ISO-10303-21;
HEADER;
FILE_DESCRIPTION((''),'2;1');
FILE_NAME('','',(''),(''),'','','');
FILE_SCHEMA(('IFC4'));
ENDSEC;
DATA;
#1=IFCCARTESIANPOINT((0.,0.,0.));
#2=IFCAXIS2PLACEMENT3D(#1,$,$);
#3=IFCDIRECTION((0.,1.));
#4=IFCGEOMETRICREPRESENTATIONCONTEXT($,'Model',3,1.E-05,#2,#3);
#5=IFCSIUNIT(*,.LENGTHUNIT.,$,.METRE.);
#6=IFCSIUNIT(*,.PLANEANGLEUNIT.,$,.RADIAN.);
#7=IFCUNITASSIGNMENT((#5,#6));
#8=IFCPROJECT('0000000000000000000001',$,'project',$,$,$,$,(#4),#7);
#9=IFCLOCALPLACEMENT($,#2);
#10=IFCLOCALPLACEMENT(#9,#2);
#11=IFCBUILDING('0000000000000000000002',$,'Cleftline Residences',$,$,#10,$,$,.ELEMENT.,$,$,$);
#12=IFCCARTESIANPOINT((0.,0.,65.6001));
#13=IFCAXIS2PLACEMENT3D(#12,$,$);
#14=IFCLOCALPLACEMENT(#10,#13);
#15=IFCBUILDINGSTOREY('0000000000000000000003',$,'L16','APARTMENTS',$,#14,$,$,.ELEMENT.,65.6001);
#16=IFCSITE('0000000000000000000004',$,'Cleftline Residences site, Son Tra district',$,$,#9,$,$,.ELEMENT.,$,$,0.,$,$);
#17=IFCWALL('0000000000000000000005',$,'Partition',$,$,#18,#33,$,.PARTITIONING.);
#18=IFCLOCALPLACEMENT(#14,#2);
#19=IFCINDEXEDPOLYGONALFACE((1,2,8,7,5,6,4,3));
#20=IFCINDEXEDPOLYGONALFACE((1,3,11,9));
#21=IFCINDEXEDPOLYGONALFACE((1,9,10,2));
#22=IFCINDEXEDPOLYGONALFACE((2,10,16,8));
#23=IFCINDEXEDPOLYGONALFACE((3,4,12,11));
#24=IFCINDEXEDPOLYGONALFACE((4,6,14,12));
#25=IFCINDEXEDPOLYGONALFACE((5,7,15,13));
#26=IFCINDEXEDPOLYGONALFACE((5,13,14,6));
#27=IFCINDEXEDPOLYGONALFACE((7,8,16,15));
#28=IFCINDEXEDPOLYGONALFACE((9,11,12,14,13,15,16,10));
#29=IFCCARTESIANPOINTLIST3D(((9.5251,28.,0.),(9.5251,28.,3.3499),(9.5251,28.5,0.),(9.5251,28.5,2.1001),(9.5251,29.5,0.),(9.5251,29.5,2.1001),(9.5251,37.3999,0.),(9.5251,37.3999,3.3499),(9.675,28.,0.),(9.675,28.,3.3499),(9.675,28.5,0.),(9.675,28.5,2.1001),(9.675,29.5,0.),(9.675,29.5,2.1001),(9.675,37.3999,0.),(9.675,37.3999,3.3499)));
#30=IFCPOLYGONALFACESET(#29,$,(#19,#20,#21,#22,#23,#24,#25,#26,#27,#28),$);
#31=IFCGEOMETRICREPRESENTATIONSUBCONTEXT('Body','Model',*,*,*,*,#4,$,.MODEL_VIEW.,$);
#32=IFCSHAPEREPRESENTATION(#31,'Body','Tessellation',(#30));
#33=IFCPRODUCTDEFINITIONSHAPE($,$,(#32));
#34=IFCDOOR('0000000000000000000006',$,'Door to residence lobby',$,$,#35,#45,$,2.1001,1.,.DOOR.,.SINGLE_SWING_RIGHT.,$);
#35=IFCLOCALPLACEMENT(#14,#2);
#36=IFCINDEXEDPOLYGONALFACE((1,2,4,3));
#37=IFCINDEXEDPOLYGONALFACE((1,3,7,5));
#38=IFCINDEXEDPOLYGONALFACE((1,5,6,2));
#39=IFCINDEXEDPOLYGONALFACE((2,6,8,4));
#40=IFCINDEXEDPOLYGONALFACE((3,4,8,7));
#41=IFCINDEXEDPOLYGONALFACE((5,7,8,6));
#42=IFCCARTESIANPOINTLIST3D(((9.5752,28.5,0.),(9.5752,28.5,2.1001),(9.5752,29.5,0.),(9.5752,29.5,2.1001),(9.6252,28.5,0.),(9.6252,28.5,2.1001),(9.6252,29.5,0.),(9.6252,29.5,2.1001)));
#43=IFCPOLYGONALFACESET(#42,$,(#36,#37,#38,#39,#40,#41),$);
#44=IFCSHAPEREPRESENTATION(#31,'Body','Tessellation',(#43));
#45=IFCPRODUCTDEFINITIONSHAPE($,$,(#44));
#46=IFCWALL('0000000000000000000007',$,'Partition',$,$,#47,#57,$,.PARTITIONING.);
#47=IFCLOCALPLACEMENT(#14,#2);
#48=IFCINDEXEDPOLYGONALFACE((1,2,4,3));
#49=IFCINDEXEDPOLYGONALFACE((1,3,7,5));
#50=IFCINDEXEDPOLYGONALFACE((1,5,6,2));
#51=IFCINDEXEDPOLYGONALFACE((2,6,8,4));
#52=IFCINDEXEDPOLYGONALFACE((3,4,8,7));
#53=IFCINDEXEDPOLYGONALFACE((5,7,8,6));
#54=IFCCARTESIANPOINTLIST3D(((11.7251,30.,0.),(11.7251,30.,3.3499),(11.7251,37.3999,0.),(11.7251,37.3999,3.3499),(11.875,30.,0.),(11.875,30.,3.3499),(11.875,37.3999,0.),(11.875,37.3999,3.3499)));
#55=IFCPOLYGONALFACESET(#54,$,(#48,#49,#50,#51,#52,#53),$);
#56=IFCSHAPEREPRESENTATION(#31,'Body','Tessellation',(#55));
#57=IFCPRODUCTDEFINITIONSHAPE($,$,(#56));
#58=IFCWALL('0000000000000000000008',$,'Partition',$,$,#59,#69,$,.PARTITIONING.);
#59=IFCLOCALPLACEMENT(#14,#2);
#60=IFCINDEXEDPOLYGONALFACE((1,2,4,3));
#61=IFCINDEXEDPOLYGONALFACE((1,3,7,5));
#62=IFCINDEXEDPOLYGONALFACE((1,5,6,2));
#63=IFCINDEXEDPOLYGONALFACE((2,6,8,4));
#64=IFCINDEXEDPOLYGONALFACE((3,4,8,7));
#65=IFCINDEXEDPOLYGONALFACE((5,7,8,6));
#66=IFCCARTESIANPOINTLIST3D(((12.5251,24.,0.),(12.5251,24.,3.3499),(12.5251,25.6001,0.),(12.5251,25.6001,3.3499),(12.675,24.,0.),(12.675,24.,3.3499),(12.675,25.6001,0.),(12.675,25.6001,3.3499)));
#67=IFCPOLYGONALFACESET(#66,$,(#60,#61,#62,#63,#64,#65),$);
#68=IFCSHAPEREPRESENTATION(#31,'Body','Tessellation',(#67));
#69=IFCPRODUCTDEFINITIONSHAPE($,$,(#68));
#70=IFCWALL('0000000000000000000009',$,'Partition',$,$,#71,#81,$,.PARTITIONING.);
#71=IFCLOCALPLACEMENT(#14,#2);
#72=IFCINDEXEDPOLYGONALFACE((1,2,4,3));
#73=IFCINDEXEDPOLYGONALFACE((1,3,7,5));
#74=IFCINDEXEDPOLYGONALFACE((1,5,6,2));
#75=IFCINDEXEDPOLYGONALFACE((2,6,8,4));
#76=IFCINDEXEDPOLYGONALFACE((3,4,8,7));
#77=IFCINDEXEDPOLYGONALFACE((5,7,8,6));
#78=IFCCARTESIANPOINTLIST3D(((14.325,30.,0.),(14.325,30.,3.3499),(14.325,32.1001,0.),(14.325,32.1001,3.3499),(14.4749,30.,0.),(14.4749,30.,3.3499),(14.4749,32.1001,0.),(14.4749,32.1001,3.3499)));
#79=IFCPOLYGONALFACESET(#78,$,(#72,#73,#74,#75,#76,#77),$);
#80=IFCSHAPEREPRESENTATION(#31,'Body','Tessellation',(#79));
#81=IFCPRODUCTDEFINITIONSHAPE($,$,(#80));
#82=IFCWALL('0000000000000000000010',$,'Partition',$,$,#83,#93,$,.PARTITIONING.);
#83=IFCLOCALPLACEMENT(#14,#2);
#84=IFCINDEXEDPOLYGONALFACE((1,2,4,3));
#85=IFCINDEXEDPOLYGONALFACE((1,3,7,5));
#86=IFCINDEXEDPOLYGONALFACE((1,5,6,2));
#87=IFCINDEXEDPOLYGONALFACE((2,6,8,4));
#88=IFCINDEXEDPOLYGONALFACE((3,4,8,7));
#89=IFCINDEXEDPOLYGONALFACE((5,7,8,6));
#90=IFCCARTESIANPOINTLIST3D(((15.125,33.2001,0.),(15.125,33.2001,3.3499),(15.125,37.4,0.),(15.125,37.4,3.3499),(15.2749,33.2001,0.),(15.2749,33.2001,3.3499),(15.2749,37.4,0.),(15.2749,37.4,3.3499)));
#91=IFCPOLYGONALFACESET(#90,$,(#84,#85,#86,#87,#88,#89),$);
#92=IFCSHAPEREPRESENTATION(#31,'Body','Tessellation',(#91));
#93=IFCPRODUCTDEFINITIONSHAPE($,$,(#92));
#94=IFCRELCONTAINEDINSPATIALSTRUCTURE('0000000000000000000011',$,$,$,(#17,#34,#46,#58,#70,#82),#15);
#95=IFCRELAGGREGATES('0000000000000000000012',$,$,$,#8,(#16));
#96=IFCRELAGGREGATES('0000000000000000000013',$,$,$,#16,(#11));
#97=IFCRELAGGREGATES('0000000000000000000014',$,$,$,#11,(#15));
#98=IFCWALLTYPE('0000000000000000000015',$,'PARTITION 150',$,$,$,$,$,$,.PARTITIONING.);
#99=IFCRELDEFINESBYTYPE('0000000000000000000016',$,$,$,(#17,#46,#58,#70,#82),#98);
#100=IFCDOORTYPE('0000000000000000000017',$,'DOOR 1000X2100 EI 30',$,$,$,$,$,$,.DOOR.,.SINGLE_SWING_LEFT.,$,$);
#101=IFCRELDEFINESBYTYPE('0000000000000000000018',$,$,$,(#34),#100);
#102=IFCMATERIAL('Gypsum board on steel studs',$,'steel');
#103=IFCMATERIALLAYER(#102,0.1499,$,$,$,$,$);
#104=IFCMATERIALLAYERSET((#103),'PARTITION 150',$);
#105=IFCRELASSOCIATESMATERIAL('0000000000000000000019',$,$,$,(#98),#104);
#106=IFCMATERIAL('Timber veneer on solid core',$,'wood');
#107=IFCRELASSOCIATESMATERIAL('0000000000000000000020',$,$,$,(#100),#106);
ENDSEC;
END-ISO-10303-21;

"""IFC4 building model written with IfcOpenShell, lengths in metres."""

from ifc_helpers import new_model, si_unit, direction, frame, frame_2d, origin, place, context, subcontext, project, spatial, rectangle, extrude, material, layer, layer_set, type_object, element, fill, save


model = new_model("IFC4")

# Units and contexts
model_context = context("Model", 3, precision=1e-05, world=origin(), true_north=direction((0.0, 1.0)))
body_context = subcontext(model_context, "Body", "Model", "MODEL_VIEW")
ifc_project = project(units=[si_unit("LENGTHUNIT", "METRE"), si_unit("PLANEANGLEUNIT", "RADIAN")], contexts=[model_context])

# Site, building, storey
site_placement = place(None, origin())
site = spatial("IfcSite", under=ifc_project, at=site_placement, Name="Cleftline Residences site, Son Tra district", CompositionType="ELEMENT", RefElevation=0.0)
building_placement = place(site_placement, origin())
building = spatial("IfcBuilding", under=site, at=building_placement, Name="Cleftline Residences", CompositionType="ELEMENT")
storey_placement = place(building_placement, frame((0.0, 0.0, 65.6001)))
storey = spatial("IfcBuildingStorey", under=building, at=storey_placement, Name="L16", Description="APARTMENTS", CompositionType="ELEMENT", Elevation=65.6001)

# Shared definitions
ifc_material_1 = material(Name="Gypsum board on steel studs", Category="steel")
ifc_layer_1 = layer(ifc_material_1, 0.1499)
ifc_layer_set_1 = layer_set([ifc_layer_1], Name="PARTITION 150")
wall_type_1 = type_object("IfcWallType", Name="PARTITION 150", PredefinedType="PARTITIONING", material=ifc_layer_set_1)

# Wall, opening, door
wall_1_placement = place(storey_placement, frame((9.6001, 28.0, 0.0), z_axis=(0.0, 0.0, 1.0), x_axis=(0.0, 1.0, 0.0)))
wall_1 = element("IfcWall", 1, at=wall_1_placement, inside=storey, type_object=wall_type_1, Name="Partition", PredefinedType="PARTITIONING", context=body_context, shape_type="SweptSolid", body=[
    extrude(rectangle(XDim=9.3999, YDim=0.1499, at=frame_2d((4.7, 0.0))), origin(), (0.0, 0.0, 1.0), 3.3499),
])
opening_1_placement = place(wall_1_placement, frame((0.5, 0.0, 0.0)))
opening_1 = element("IfcOpeningElement", 2, at=opening_1_placement, cuts=wall_1, PredefinedType="OPENING", context=body_context, shape_type="SweptSolid", body=[
    extrude(rectangle(XDim=1.0, YDim=2.1001, at=frame_2d((0.5, 1.05))), frame((0.0, 0.085, 0.0), z_axis=(0.0, -1.0, 0.0), x_axis=(1.0, 0.0, 0.0)), (0.0, 0.0, 1.0), 0.1699),
])
ifc_material_2 = material(Name="Timber veneer on solid core", Category="wood")
door_type_1 = type_object("IfcDoorType", Name="DOOR 1000X2100 EI 30", OperationType="SINGLE_SWING_LEFT", PredefinedType="DOOR", material=ifc_material_2)
door_1_placement = place(opening_1_placement, origin())
door_1 = element("IfcDoor", 3, at=door_1_placement, inside=storey, type_object=door_type_1, Name="Door to residence lobby", OperationType="SINGLE_SWING_RIGHT", OverallHeight=2.1001, OverallWidth=1.0, PredefinedType="DOOR", context=body_context, shape_type="SweptSolid", body=[
    extrude(rectangle(XDim=1.0, YDim=2.1001, at=frame_2d((0.5, 1.05))), frame((0.0, 0.0249, 0.0), z_axis=(0.0, -1.0, 0.0), x_axis=(1.0, 0.0, 0.0)), (0.0, 0.0, 1.0), 0.05),
])
fill(opening_1, door_1)

# Walls
wall_2_placement = place(storey_placement, frame((11.8, 30.0, 0.0), z_axis=(0.0, 0.0, 1.0), x_axis=(0.0, 1.0, 0.0)))
element("IfcWall", 4, at=wall_2_placement, inside=storey, type_object=wall_type_1, Name="Partition", PredefinedType="PARTITIONING", context=body_context, shape_type="SweptSolid", body=[
    extrude(rectangle(XDim=7.3999, YDim=0.1499, at=frame_2d((3.7, 0.0))), origin(), (0.0, 0.0, 1.0), 3.3499),
])
wall_3_placement = place(storey_placement, frame((12.6001, 24.0, 0.0), z_axis=(0.0, 0.0, 1.0), x_axis=(0.0, 1.0, 0.0)))
element("IfcWall", 5, at=wall_3_placement, inside=storey, type_object=wall_type_1, Name="Partition", PredefinedType="PARTITIONING", context=body_context, shape_type="SweptSolid", body=[
    extrude(rectangle(XDim=1.6001, YDim=0.1499, at=frame_2d((0.8, 0.0))), origin(), (0.0, 0.0, 1.0), 3.3499),
])
wall_4_placement = place(storey_placement, frame((14.3999, 30.0, 0.0), z_axis=(0.0, 0.0, 1.0), x_axis=(0.0, 1.0, 0.0)))
element("IfcWall", 6, at=wall_4_placement, inside=storey, type_object=wall_type_1, Name="Partition", PredefinedType="PARTITIONING", context=body_context, shape_type="SweptSolid", body=[
    extrude(rectangle(XDim=2.1001, YDim=0.1499, at=frame_2d((1.05, 0.0))), origin(), (0.0, 0.0, 1.0), 3.3499),
])
wall_5_placement = place(storey_placement, frame((15.2, 33.2, 0.0), z_axis=(0.0, 0.0, 1.0), x_axis=(0.0, 1.0, 0.0)))
element("IfcWall", 7, at=wall_5_placement, inside=storey, type_object=wall_type_1, Name="Partition", PredefinedType="PARTITIONING", context=body_context, shape_type="SweptSolid", body=[
    extrude(rectangle(XDim=4.2, YDim=0.1499, at=frame_2d((2.1001, 0.0))), origin(), (0.0, 0.0, 1.0), 3.3499),
])

save(model, "model.ifc")
